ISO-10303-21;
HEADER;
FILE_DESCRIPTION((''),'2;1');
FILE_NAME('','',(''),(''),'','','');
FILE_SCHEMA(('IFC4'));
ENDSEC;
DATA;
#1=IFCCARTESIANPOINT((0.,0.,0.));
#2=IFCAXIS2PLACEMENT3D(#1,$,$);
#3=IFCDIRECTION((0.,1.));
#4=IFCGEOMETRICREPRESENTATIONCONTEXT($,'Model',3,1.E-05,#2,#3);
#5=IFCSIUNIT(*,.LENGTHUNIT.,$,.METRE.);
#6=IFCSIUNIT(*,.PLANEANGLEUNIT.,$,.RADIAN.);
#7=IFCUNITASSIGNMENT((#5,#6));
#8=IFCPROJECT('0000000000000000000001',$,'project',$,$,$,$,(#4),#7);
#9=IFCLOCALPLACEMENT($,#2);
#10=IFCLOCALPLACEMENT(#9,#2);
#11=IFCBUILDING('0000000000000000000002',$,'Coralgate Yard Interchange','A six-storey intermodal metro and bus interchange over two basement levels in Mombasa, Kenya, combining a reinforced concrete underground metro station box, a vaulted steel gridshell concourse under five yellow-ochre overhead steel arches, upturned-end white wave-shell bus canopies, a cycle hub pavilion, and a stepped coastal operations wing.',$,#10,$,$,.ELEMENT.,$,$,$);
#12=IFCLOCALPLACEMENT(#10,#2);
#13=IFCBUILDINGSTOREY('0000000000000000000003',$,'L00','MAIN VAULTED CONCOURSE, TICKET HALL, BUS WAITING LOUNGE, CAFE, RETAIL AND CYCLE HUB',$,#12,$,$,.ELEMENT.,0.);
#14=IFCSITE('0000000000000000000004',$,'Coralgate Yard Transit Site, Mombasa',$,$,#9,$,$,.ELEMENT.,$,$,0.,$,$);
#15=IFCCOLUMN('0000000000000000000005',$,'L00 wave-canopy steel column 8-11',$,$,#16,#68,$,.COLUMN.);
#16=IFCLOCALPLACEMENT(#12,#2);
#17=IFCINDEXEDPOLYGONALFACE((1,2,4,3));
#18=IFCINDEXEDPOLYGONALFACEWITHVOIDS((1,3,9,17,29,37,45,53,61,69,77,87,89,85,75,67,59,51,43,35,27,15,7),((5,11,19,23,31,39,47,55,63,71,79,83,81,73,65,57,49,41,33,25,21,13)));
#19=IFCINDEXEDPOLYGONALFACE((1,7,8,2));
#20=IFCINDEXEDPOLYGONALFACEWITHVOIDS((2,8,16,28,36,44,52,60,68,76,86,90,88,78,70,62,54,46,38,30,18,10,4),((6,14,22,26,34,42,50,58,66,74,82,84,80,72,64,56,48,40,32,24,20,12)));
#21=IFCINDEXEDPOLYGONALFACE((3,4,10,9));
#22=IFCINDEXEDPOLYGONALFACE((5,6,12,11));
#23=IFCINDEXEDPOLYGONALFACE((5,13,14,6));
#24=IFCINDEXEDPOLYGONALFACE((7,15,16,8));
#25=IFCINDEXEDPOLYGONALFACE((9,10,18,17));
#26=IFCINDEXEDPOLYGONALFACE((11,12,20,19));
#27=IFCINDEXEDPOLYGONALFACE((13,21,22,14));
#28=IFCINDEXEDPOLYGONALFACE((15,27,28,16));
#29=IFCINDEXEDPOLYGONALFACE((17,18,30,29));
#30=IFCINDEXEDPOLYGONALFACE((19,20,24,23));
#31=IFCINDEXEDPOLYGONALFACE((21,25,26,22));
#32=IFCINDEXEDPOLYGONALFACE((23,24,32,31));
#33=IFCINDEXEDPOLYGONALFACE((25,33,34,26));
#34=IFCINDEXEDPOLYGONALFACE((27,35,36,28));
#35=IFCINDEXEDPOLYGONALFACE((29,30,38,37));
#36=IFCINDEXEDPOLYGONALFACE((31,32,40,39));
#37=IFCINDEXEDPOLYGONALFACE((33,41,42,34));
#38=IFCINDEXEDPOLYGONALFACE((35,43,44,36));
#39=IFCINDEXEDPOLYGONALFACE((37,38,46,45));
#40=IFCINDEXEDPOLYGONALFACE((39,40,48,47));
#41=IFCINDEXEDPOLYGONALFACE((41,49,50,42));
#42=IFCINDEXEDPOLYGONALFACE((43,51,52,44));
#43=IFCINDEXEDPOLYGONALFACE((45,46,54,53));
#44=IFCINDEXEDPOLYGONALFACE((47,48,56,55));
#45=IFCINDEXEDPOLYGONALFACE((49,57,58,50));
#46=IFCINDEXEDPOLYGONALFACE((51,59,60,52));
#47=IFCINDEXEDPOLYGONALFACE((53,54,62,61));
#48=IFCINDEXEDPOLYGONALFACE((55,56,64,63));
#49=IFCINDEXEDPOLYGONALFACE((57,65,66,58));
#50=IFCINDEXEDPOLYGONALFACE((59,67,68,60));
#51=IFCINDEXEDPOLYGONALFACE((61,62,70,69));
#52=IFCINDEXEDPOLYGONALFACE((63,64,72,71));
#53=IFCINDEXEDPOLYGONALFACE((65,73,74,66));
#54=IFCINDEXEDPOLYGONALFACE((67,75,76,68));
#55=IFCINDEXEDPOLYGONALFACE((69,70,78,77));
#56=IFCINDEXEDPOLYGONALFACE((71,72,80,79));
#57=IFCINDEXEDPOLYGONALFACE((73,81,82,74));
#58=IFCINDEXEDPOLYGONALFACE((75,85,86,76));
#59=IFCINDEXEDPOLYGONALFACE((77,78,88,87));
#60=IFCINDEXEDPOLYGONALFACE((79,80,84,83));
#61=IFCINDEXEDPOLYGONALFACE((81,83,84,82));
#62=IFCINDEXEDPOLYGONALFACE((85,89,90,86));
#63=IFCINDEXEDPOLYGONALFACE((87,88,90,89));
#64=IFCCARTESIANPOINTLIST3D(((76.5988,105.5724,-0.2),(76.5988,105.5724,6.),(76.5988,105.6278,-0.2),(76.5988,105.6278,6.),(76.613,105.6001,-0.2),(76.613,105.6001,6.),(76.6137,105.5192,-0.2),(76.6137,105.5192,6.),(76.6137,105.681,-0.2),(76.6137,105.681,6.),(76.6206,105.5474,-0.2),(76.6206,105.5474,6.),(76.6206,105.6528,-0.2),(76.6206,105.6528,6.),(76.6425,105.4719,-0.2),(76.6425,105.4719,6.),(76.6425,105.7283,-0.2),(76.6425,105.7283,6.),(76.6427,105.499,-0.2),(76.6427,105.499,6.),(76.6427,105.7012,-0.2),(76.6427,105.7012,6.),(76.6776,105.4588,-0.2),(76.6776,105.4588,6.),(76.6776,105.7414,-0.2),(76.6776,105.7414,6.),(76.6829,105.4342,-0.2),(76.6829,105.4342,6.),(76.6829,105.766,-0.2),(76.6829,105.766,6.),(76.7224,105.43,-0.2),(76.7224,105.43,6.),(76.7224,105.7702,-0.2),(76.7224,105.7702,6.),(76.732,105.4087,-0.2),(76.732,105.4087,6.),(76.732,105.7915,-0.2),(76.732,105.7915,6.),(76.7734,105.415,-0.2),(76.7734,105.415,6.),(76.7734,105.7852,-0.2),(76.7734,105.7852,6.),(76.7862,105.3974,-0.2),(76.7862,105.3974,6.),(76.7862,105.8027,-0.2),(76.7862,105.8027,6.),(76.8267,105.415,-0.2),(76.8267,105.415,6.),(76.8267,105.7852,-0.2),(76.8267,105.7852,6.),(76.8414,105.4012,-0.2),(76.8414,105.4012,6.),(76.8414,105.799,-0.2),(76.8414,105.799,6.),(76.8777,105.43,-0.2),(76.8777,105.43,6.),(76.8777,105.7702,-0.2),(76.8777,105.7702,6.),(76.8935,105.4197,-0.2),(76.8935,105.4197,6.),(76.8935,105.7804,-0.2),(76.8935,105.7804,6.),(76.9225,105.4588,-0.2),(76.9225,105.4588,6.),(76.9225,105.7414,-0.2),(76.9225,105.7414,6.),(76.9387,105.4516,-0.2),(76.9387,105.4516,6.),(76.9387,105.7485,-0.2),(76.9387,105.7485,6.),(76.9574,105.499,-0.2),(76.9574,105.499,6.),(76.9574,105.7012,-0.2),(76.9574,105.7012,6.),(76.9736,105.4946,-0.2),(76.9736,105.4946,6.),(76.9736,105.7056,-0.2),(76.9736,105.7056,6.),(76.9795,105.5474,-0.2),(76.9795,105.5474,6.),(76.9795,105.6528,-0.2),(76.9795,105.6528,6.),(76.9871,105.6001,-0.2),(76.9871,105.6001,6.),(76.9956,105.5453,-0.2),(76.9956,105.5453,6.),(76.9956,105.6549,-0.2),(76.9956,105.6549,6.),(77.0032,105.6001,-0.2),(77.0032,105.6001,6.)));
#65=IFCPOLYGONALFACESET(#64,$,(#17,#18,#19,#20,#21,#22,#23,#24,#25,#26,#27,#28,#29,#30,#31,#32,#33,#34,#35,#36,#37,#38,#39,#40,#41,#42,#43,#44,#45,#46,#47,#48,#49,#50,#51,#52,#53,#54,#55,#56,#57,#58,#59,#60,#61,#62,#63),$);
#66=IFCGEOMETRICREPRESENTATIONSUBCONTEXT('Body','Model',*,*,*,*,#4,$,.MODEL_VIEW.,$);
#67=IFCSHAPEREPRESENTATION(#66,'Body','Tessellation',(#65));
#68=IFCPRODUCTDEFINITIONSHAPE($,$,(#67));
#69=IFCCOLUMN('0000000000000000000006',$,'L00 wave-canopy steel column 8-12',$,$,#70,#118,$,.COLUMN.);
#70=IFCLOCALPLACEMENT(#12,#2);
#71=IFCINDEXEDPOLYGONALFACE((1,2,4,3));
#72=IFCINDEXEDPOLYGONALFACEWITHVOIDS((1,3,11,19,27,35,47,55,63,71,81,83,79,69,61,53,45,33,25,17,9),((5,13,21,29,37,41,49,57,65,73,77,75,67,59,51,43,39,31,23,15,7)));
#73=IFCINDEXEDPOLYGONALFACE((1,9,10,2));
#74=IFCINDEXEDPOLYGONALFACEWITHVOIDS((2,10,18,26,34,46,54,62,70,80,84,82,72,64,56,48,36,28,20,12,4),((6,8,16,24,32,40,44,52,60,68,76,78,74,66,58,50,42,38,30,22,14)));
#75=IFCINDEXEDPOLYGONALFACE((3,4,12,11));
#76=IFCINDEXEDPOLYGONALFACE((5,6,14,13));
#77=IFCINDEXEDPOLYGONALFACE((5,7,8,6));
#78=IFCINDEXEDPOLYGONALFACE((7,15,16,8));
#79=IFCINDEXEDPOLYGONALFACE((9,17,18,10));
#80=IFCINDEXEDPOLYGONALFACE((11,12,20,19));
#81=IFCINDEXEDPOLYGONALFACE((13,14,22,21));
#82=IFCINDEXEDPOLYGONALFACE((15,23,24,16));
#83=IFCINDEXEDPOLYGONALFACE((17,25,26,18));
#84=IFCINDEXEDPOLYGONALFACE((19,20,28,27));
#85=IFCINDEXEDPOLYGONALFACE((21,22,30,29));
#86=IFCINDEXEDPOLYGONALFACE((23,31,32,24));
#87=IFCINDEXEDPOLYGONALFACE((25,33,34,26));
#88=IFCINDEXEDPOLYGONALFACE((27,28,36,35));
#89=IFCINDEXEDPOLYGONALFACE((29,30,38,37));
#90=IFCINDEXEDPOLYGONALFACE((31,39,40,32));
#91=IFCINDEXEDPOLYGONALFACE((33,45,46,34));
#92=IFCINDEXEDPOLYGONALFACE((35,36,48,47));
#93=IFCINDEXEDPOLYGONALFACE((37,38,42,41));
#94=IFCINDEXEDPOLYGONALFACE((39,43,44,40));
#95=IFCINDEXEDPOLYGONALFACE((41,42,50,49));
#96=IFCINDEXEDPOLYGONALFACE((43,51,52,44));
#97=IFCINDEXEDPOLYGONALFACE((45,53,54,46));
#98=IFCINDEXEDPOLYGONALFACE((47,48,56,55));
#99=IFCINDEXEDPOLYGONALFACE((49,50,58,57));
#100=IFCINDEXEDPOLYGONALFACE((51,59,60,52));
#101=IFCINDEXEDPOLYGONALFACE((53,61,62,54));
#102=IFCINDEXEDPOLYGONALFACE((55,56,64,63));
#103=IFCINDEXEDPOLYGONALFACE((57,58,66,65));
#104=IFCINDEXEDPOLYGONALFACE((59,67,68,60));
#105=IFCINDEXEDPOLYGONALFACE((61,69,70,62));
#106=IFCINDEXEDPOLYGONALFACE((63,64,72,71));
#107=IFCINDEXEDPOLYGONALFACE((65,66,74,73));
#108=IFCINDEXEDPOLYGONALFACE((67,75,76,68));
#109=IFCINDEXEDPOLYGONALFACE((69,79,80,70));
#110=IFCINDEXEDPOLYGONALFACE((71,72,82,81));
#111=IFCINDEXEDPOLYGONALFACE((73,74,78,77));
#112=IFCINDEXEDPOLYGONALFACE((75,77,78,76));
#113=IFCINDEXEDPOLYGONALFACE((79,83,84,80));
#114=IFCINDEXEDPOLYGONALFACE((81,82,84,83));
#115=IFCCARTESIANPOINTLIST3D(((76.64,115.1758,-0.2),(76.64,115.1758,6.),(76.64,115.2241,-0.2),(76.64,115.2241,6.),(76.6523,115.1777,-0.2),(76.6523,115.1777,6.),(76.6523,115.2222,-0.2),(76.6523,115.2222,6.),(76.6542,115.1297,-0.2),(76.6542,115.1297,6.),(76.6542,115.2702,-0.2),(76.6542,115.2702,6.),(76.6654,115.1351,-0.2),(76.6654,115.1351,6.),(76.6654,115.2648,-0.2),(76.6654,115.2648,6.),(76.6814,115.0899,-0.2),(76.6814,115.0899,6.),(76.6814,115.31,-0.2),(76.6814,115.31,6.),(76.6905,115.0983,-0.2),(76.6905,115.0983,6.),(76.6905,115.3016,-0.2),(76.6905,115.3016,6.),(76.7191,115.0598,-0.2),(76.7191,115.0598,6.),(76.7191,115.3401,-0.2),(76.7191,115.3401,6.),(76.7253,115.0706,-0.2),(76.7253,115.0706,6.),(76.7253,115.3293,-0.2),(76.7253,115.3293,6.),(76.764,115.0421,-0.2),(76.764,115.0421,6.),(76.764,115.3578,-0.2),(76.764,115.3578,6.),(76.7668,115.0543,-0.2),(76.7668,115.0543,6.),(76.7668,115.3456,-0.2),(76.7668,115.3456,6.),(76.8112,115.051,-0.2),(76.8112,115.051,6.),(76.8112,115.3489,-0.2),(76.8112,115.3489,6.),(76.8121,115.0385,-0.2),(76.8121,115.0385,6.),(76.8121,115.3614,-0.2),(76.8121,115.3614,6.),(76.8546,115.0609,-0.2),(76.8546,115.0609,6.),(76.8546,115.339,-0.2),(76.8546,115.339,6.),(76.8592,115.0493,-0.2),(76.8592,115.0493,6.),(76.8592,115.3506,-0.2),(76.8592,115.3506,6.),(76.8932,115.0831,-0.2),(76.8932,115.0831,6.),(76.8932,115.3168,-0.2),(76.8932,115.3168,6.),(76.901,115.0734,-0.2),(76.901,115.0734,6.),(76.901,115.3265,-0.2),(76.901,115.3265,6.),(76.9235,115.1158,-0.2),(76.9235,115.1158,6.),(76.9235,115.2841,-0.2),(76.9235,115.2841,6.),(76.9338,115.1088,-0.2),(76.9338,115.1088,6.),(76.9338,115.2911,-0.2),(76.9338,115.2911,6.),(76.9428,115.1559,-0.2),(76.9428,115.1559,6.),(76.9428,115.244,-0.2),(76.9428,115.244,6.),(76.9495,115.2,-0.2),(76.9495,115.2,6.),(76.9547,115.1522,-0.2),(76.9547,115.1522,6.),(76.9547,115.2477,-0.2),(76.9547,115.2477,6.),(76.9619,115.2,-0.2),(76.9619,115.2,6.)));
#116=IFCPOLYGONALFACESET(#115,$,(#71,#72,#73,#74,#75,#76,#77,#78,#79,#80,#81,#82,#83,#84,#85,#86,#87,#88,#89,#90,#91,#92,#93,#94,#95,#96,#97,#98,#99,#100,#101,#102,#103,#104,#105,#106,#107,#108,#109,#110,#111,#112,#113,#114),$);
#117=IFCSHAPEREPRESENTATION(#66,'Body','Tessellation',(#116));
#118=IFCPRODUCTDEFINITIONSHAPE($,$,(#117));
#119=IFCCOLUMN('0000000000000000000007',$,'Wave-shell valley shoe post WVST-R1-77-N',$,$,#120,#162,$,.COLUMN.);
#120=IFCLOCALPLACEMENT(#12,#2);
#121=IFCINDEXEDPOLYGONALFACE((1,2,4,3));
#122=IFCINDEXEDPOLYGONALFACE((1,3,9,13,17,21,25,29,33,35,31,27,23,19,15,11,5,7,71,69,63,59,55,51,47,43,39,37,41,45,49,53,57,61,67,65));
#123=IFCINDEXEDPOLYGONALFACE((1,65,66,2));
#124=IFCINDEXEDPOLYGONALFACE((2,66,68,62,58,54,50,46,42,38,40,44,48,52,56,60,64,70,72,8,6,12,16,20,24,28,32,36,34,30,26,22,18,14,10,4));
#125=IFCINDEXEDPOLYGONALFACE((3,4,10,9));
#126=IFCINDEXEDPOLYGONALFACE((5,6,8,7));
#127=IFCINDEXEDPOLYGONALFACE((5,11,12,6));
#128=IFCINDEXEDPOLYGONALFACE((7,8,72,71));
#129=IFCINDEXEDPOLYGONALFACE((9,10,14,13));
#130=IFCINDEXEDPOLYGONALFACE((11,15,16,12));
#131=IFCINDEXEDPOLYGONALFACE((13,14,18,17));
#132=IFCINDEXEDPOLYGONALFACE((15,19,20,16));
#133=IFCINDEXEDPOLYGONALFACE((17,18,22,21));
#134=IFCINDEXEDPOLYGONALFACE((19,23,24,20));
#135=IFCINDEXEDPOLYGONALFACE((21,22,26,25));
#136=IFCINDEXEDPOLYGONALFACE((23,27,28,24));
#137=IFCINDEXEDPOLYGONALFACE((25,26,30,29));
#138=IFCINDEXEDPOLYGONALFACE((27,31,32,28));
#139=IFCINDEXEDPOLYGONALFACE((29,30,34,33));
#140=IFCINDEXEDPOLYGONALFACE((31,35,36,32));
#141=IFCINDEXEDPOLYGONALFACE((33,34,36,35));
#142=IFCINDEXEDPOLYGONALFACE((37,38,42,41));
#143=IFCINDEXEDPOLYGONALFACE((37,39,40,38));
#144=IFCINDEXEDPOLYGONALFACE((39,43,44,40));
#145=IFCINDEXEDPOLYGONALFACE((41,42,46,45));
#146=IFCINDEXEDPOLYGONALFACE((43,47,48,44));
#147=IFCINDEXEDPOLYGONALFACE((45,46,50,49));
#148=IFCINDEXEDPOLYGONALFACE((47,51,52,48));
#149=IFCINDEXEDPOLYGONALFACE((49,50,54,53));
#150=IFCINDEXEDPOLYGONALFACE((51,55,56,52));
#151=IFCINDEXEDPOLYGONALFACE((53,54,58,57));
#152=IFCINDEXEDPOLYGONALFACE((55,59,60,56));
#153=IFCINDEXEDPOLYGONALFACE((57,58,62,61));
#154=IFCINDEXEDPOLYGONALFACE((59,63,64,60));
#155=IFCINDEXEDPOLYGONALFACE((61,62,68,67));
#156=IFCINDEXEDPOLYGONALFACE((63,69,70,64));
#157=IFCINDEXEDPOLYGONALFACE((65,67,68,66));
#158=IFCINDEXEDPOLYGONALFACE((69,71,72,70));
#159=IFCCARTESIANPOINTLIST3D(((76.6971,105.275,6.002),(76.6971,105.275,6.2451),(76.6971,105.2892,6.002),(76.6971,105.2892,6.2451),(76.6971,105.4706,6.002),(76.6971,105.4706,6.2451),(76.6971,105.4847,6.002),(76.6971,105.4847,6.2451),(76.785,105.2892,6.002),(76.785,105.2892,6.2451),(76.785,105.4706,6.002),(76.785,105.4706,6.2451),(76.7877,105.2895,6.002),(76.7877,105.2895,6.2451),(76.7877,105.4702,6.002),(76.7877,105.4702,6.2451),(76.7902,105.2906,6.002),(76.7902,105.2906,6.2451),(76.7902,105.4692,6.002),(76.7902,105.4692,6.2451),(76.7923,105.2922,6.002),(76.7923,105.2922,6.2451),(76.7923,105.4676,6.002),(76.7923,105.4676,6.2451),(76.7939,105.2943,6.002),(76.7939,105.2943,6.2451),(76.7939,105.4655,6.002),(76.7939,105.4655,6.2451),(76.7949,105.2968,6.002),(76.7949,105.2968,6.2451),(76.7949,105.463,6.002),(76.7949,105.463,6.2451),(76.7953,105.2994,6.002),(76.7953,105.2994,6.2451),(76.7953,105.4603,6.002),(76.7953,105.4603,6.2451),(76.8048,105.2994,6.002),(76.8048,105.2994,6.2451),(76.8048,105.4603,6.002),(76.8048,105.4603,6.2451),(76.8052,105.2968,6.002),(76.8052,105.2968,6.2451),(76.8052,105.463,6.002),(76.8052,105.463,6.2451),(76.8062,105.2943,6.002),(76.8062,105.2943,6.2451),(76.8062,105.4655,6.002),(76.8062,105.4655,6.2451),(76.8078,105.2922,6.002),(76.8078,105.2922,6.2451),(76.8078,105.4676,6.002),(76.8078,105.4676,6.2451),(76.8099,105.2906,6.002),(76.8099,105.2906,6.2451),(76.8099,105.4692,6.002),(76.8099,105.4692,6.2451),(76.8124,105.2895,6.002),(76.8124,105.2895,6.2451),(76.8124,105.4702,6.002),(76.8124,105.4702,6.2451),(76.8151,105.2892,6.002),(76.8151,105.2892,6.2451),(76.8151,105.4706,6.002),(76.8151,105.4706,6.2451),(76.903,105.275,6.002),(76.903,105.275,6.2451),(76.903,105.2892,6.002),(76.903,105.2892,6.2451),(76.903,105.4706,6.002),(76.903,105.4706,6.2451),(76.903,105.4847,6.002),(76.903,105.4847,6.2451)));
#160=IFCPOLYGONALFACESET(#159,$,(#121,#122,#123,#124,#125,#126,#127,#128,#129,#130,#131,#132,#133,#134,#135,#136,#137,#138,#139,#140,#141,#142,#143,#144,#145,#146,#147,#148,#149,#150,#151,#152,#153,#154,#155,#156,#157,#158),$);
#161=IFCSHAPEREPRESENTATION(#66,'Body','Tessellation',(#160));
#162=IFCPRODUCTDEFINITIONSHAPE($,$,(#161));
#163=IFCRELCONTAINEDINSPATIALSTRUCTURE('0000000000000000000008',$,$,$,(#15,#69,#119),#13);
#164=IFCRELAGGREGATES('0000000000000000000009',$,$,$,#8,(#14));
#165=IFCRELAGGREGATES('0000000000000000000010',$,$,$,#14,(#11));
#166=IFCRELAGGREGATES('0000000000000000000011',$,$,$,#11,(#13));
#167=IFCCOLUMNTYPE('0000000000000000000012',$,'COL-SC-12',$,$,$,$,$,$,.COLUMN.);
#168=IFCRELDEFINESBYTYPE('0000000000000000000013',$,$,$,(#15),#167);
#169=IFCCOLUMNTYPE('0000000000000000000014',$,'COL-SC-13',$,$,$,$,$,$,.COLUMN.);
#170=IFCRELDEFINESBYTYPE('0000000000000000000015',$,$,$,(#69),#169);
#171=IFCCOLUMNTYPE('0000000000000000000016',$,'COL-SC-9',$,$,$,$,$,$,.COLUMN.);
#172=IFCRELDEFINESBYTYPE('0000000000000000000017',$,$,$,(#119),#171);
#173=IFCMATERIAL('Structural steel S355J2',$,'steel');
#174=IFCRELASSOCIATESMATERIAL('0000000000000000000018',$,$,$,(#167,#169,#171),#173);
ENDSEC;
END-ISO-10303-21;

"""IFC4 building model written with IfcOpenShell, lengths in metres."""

from ifc_helpers import new_model, si_unit, direction, frame, origin, origin_2d, place, context, subcontext, project, spatial, hollow_circle, i_section, extrude, material, material_profile, profile_set, type_object, element, save


model = new_model("IFC4")

# Units and contexts
model_context = context("Model", 3, precision=1e-05, world=origin(), true_north=direction((0.0, 1.0)))
body_context = subcontext(model_context, "Body", "Model", "MODEL_VIEW")
ifc_project = project(units=[si_unit("LENGTHUNIT", "METRE"), si_unit("PLANEANGLEUNIT", "RADIAN")], contexts=[model_context])

# Site, building, storey
site_placement = place(None, origin())
site = spatial("IfcSite", under=ifc_project, at=site_placement, Name="Coralgate Yard Transit Site, Mombasa", CompositionType="ELEMENT", RefElevation=0.0)
building_placement = place(site_placement, origin())
building = spatial("IfcBuilding", under=site, at=building_placement, Name="Coralgate Yard Interchange", Description="A six-storey intermodal metro and bus interchange over two basement levels in Mombasa, Kenya, combining a reinforced concrete underground metro station box, a vaulted steel gridshell concourse under five yellow-ochre overhead steel arches, upturned-end white wave-shell bus canopies, a cycle hub pavilion, and a stepped coastal operations wing.", CompositionType="ELEMENT")
storey_placement = place(building_placement, origin())
storey = spatial("IfcBuildingStorey", under=building, at=storey_placement, Name="L00", Description="MAIN VAULTED CONCOURSE, TICKET HALL, BUS WAITING LOUNGE, CAFE, RETAIL AND CYCLE HUB", CompositionType="ELEMENT", Elevation=0.0)

# Columns
ifc_material_1 = material(Name="Structural steel S355J2", Category="steel")
ifc_material_profile_1 = material_profile(ifc_material_1, hollow_circle(Radius=0.2031, WallThickness=0.0161, at=origin_2d()), Name="CHS 406.4x16")
ifc_profile_set_1 = profile_set([ifc_material_profile_1], Name="Structural steel S355J2")
column_type_1 = type_object("IfcColumnType", Name="COL-SC-12", PredefinedType="COLUMN", material=ifc_profile_set_1)
column_1_placement = place(storey_placement, frame((76.8, 105.6001, -0.2), z_axis=(0.0, 0.0, 1.0), x_axis=(1.0, 0.0, 0.0)))
element("IfcColumn", 1, at=column_1_placement, inside=storey, type_object=column_type_1, Name="L00 wave-canopy steel column 8-11", PredefinedType="COLUMN", context=body_context, shape_type="SweptSolid", body=[
    extrude(hollow_circle(Radius=0.2031, WallThickness=0.0161, at=origin_2d()), origin(), (0.0, 0.0, 1.0), 6.2),
])
ifc_material_profile_2 = material_profile(ifc_material_1, hollow_circle(Radius=0.1619, WallThickness=0.0125, at=origin_2d()), Name="CHS 323.9x12.5")
ifc_profile_set_2 = profile_set([ifc_material_profile_2], Name="Structural steel S355J2")
column_type_2 = type_object("IfcColumnType", Name="COL-SC-13", PredefinedType="COLUMN", material=ifc_profile_set_2)
column_2_placement = place(storey_placement, frame((76.8, 115.2, -0.2), z_axis=(0.0, 0.0, 1.0), x_axis=(1.0, 0.0, 0.0)))
element("IfcColumn", 2, at=column_2_placement, inside=storey, type_object=column_type_2, Name="L00 wave-canopy steel column 8-12", PredefinedType="COLUMN", context=body_context, shape_type="SweptSolid", body=[
    extrude(hollow_circle(Radius=0.1619, WallThickness=0.0125, at=origin_2d()), origin(), (0.0, 0.0, 1.0), 6.2),
])
ifc_material_profile_3 = material_profile(ifc_material_1, i_section(OverallWidth=0.2058, OverallDepth=0.2097, WebThickness=0.0095, FlangeThickness=0.0142, FilletRadius=0.0103, at=origin_2d()), Name="UC 203x203x60")
ifc_profile_set_3 = profile_set([ifc_material_profile_3], Name="Structural steel S355J2")
column_type_3 = type_object("IfcColumnType", Name="COL-SC-9", PredefinedType="COLUMN", material=ifc_profile_set_3)
for number, where, z_axis, x_axis, name in (
    (3, (76.8, 105.3799, 6.002), (0.0, 0.0, 1.0), (1.0, 0.0, 0.0), "Wave-shell valley shoe post WVST-R1-77-N"),
):
    element("IfcColumn", number, at=place(storey_placement, frame(where, z_axis=z_axis, x_axis=x_axis)), inside=storey, type_object=column_type_3, Name=name, PredefinedType="COLUMN", context=body_context, shape_type="SweptSolid", body=[
        extrude(i_section(OverallWidth=0.2058, OverallDepth=0.2097, WebThickness=0.0095, FlangeThickness=0.0142, FilletRadius=0.0103, at=origin_2d()), origin(), (0.0, 0.0, 1.0), 0.2432),
    ])

save(model, "model.ifc")
